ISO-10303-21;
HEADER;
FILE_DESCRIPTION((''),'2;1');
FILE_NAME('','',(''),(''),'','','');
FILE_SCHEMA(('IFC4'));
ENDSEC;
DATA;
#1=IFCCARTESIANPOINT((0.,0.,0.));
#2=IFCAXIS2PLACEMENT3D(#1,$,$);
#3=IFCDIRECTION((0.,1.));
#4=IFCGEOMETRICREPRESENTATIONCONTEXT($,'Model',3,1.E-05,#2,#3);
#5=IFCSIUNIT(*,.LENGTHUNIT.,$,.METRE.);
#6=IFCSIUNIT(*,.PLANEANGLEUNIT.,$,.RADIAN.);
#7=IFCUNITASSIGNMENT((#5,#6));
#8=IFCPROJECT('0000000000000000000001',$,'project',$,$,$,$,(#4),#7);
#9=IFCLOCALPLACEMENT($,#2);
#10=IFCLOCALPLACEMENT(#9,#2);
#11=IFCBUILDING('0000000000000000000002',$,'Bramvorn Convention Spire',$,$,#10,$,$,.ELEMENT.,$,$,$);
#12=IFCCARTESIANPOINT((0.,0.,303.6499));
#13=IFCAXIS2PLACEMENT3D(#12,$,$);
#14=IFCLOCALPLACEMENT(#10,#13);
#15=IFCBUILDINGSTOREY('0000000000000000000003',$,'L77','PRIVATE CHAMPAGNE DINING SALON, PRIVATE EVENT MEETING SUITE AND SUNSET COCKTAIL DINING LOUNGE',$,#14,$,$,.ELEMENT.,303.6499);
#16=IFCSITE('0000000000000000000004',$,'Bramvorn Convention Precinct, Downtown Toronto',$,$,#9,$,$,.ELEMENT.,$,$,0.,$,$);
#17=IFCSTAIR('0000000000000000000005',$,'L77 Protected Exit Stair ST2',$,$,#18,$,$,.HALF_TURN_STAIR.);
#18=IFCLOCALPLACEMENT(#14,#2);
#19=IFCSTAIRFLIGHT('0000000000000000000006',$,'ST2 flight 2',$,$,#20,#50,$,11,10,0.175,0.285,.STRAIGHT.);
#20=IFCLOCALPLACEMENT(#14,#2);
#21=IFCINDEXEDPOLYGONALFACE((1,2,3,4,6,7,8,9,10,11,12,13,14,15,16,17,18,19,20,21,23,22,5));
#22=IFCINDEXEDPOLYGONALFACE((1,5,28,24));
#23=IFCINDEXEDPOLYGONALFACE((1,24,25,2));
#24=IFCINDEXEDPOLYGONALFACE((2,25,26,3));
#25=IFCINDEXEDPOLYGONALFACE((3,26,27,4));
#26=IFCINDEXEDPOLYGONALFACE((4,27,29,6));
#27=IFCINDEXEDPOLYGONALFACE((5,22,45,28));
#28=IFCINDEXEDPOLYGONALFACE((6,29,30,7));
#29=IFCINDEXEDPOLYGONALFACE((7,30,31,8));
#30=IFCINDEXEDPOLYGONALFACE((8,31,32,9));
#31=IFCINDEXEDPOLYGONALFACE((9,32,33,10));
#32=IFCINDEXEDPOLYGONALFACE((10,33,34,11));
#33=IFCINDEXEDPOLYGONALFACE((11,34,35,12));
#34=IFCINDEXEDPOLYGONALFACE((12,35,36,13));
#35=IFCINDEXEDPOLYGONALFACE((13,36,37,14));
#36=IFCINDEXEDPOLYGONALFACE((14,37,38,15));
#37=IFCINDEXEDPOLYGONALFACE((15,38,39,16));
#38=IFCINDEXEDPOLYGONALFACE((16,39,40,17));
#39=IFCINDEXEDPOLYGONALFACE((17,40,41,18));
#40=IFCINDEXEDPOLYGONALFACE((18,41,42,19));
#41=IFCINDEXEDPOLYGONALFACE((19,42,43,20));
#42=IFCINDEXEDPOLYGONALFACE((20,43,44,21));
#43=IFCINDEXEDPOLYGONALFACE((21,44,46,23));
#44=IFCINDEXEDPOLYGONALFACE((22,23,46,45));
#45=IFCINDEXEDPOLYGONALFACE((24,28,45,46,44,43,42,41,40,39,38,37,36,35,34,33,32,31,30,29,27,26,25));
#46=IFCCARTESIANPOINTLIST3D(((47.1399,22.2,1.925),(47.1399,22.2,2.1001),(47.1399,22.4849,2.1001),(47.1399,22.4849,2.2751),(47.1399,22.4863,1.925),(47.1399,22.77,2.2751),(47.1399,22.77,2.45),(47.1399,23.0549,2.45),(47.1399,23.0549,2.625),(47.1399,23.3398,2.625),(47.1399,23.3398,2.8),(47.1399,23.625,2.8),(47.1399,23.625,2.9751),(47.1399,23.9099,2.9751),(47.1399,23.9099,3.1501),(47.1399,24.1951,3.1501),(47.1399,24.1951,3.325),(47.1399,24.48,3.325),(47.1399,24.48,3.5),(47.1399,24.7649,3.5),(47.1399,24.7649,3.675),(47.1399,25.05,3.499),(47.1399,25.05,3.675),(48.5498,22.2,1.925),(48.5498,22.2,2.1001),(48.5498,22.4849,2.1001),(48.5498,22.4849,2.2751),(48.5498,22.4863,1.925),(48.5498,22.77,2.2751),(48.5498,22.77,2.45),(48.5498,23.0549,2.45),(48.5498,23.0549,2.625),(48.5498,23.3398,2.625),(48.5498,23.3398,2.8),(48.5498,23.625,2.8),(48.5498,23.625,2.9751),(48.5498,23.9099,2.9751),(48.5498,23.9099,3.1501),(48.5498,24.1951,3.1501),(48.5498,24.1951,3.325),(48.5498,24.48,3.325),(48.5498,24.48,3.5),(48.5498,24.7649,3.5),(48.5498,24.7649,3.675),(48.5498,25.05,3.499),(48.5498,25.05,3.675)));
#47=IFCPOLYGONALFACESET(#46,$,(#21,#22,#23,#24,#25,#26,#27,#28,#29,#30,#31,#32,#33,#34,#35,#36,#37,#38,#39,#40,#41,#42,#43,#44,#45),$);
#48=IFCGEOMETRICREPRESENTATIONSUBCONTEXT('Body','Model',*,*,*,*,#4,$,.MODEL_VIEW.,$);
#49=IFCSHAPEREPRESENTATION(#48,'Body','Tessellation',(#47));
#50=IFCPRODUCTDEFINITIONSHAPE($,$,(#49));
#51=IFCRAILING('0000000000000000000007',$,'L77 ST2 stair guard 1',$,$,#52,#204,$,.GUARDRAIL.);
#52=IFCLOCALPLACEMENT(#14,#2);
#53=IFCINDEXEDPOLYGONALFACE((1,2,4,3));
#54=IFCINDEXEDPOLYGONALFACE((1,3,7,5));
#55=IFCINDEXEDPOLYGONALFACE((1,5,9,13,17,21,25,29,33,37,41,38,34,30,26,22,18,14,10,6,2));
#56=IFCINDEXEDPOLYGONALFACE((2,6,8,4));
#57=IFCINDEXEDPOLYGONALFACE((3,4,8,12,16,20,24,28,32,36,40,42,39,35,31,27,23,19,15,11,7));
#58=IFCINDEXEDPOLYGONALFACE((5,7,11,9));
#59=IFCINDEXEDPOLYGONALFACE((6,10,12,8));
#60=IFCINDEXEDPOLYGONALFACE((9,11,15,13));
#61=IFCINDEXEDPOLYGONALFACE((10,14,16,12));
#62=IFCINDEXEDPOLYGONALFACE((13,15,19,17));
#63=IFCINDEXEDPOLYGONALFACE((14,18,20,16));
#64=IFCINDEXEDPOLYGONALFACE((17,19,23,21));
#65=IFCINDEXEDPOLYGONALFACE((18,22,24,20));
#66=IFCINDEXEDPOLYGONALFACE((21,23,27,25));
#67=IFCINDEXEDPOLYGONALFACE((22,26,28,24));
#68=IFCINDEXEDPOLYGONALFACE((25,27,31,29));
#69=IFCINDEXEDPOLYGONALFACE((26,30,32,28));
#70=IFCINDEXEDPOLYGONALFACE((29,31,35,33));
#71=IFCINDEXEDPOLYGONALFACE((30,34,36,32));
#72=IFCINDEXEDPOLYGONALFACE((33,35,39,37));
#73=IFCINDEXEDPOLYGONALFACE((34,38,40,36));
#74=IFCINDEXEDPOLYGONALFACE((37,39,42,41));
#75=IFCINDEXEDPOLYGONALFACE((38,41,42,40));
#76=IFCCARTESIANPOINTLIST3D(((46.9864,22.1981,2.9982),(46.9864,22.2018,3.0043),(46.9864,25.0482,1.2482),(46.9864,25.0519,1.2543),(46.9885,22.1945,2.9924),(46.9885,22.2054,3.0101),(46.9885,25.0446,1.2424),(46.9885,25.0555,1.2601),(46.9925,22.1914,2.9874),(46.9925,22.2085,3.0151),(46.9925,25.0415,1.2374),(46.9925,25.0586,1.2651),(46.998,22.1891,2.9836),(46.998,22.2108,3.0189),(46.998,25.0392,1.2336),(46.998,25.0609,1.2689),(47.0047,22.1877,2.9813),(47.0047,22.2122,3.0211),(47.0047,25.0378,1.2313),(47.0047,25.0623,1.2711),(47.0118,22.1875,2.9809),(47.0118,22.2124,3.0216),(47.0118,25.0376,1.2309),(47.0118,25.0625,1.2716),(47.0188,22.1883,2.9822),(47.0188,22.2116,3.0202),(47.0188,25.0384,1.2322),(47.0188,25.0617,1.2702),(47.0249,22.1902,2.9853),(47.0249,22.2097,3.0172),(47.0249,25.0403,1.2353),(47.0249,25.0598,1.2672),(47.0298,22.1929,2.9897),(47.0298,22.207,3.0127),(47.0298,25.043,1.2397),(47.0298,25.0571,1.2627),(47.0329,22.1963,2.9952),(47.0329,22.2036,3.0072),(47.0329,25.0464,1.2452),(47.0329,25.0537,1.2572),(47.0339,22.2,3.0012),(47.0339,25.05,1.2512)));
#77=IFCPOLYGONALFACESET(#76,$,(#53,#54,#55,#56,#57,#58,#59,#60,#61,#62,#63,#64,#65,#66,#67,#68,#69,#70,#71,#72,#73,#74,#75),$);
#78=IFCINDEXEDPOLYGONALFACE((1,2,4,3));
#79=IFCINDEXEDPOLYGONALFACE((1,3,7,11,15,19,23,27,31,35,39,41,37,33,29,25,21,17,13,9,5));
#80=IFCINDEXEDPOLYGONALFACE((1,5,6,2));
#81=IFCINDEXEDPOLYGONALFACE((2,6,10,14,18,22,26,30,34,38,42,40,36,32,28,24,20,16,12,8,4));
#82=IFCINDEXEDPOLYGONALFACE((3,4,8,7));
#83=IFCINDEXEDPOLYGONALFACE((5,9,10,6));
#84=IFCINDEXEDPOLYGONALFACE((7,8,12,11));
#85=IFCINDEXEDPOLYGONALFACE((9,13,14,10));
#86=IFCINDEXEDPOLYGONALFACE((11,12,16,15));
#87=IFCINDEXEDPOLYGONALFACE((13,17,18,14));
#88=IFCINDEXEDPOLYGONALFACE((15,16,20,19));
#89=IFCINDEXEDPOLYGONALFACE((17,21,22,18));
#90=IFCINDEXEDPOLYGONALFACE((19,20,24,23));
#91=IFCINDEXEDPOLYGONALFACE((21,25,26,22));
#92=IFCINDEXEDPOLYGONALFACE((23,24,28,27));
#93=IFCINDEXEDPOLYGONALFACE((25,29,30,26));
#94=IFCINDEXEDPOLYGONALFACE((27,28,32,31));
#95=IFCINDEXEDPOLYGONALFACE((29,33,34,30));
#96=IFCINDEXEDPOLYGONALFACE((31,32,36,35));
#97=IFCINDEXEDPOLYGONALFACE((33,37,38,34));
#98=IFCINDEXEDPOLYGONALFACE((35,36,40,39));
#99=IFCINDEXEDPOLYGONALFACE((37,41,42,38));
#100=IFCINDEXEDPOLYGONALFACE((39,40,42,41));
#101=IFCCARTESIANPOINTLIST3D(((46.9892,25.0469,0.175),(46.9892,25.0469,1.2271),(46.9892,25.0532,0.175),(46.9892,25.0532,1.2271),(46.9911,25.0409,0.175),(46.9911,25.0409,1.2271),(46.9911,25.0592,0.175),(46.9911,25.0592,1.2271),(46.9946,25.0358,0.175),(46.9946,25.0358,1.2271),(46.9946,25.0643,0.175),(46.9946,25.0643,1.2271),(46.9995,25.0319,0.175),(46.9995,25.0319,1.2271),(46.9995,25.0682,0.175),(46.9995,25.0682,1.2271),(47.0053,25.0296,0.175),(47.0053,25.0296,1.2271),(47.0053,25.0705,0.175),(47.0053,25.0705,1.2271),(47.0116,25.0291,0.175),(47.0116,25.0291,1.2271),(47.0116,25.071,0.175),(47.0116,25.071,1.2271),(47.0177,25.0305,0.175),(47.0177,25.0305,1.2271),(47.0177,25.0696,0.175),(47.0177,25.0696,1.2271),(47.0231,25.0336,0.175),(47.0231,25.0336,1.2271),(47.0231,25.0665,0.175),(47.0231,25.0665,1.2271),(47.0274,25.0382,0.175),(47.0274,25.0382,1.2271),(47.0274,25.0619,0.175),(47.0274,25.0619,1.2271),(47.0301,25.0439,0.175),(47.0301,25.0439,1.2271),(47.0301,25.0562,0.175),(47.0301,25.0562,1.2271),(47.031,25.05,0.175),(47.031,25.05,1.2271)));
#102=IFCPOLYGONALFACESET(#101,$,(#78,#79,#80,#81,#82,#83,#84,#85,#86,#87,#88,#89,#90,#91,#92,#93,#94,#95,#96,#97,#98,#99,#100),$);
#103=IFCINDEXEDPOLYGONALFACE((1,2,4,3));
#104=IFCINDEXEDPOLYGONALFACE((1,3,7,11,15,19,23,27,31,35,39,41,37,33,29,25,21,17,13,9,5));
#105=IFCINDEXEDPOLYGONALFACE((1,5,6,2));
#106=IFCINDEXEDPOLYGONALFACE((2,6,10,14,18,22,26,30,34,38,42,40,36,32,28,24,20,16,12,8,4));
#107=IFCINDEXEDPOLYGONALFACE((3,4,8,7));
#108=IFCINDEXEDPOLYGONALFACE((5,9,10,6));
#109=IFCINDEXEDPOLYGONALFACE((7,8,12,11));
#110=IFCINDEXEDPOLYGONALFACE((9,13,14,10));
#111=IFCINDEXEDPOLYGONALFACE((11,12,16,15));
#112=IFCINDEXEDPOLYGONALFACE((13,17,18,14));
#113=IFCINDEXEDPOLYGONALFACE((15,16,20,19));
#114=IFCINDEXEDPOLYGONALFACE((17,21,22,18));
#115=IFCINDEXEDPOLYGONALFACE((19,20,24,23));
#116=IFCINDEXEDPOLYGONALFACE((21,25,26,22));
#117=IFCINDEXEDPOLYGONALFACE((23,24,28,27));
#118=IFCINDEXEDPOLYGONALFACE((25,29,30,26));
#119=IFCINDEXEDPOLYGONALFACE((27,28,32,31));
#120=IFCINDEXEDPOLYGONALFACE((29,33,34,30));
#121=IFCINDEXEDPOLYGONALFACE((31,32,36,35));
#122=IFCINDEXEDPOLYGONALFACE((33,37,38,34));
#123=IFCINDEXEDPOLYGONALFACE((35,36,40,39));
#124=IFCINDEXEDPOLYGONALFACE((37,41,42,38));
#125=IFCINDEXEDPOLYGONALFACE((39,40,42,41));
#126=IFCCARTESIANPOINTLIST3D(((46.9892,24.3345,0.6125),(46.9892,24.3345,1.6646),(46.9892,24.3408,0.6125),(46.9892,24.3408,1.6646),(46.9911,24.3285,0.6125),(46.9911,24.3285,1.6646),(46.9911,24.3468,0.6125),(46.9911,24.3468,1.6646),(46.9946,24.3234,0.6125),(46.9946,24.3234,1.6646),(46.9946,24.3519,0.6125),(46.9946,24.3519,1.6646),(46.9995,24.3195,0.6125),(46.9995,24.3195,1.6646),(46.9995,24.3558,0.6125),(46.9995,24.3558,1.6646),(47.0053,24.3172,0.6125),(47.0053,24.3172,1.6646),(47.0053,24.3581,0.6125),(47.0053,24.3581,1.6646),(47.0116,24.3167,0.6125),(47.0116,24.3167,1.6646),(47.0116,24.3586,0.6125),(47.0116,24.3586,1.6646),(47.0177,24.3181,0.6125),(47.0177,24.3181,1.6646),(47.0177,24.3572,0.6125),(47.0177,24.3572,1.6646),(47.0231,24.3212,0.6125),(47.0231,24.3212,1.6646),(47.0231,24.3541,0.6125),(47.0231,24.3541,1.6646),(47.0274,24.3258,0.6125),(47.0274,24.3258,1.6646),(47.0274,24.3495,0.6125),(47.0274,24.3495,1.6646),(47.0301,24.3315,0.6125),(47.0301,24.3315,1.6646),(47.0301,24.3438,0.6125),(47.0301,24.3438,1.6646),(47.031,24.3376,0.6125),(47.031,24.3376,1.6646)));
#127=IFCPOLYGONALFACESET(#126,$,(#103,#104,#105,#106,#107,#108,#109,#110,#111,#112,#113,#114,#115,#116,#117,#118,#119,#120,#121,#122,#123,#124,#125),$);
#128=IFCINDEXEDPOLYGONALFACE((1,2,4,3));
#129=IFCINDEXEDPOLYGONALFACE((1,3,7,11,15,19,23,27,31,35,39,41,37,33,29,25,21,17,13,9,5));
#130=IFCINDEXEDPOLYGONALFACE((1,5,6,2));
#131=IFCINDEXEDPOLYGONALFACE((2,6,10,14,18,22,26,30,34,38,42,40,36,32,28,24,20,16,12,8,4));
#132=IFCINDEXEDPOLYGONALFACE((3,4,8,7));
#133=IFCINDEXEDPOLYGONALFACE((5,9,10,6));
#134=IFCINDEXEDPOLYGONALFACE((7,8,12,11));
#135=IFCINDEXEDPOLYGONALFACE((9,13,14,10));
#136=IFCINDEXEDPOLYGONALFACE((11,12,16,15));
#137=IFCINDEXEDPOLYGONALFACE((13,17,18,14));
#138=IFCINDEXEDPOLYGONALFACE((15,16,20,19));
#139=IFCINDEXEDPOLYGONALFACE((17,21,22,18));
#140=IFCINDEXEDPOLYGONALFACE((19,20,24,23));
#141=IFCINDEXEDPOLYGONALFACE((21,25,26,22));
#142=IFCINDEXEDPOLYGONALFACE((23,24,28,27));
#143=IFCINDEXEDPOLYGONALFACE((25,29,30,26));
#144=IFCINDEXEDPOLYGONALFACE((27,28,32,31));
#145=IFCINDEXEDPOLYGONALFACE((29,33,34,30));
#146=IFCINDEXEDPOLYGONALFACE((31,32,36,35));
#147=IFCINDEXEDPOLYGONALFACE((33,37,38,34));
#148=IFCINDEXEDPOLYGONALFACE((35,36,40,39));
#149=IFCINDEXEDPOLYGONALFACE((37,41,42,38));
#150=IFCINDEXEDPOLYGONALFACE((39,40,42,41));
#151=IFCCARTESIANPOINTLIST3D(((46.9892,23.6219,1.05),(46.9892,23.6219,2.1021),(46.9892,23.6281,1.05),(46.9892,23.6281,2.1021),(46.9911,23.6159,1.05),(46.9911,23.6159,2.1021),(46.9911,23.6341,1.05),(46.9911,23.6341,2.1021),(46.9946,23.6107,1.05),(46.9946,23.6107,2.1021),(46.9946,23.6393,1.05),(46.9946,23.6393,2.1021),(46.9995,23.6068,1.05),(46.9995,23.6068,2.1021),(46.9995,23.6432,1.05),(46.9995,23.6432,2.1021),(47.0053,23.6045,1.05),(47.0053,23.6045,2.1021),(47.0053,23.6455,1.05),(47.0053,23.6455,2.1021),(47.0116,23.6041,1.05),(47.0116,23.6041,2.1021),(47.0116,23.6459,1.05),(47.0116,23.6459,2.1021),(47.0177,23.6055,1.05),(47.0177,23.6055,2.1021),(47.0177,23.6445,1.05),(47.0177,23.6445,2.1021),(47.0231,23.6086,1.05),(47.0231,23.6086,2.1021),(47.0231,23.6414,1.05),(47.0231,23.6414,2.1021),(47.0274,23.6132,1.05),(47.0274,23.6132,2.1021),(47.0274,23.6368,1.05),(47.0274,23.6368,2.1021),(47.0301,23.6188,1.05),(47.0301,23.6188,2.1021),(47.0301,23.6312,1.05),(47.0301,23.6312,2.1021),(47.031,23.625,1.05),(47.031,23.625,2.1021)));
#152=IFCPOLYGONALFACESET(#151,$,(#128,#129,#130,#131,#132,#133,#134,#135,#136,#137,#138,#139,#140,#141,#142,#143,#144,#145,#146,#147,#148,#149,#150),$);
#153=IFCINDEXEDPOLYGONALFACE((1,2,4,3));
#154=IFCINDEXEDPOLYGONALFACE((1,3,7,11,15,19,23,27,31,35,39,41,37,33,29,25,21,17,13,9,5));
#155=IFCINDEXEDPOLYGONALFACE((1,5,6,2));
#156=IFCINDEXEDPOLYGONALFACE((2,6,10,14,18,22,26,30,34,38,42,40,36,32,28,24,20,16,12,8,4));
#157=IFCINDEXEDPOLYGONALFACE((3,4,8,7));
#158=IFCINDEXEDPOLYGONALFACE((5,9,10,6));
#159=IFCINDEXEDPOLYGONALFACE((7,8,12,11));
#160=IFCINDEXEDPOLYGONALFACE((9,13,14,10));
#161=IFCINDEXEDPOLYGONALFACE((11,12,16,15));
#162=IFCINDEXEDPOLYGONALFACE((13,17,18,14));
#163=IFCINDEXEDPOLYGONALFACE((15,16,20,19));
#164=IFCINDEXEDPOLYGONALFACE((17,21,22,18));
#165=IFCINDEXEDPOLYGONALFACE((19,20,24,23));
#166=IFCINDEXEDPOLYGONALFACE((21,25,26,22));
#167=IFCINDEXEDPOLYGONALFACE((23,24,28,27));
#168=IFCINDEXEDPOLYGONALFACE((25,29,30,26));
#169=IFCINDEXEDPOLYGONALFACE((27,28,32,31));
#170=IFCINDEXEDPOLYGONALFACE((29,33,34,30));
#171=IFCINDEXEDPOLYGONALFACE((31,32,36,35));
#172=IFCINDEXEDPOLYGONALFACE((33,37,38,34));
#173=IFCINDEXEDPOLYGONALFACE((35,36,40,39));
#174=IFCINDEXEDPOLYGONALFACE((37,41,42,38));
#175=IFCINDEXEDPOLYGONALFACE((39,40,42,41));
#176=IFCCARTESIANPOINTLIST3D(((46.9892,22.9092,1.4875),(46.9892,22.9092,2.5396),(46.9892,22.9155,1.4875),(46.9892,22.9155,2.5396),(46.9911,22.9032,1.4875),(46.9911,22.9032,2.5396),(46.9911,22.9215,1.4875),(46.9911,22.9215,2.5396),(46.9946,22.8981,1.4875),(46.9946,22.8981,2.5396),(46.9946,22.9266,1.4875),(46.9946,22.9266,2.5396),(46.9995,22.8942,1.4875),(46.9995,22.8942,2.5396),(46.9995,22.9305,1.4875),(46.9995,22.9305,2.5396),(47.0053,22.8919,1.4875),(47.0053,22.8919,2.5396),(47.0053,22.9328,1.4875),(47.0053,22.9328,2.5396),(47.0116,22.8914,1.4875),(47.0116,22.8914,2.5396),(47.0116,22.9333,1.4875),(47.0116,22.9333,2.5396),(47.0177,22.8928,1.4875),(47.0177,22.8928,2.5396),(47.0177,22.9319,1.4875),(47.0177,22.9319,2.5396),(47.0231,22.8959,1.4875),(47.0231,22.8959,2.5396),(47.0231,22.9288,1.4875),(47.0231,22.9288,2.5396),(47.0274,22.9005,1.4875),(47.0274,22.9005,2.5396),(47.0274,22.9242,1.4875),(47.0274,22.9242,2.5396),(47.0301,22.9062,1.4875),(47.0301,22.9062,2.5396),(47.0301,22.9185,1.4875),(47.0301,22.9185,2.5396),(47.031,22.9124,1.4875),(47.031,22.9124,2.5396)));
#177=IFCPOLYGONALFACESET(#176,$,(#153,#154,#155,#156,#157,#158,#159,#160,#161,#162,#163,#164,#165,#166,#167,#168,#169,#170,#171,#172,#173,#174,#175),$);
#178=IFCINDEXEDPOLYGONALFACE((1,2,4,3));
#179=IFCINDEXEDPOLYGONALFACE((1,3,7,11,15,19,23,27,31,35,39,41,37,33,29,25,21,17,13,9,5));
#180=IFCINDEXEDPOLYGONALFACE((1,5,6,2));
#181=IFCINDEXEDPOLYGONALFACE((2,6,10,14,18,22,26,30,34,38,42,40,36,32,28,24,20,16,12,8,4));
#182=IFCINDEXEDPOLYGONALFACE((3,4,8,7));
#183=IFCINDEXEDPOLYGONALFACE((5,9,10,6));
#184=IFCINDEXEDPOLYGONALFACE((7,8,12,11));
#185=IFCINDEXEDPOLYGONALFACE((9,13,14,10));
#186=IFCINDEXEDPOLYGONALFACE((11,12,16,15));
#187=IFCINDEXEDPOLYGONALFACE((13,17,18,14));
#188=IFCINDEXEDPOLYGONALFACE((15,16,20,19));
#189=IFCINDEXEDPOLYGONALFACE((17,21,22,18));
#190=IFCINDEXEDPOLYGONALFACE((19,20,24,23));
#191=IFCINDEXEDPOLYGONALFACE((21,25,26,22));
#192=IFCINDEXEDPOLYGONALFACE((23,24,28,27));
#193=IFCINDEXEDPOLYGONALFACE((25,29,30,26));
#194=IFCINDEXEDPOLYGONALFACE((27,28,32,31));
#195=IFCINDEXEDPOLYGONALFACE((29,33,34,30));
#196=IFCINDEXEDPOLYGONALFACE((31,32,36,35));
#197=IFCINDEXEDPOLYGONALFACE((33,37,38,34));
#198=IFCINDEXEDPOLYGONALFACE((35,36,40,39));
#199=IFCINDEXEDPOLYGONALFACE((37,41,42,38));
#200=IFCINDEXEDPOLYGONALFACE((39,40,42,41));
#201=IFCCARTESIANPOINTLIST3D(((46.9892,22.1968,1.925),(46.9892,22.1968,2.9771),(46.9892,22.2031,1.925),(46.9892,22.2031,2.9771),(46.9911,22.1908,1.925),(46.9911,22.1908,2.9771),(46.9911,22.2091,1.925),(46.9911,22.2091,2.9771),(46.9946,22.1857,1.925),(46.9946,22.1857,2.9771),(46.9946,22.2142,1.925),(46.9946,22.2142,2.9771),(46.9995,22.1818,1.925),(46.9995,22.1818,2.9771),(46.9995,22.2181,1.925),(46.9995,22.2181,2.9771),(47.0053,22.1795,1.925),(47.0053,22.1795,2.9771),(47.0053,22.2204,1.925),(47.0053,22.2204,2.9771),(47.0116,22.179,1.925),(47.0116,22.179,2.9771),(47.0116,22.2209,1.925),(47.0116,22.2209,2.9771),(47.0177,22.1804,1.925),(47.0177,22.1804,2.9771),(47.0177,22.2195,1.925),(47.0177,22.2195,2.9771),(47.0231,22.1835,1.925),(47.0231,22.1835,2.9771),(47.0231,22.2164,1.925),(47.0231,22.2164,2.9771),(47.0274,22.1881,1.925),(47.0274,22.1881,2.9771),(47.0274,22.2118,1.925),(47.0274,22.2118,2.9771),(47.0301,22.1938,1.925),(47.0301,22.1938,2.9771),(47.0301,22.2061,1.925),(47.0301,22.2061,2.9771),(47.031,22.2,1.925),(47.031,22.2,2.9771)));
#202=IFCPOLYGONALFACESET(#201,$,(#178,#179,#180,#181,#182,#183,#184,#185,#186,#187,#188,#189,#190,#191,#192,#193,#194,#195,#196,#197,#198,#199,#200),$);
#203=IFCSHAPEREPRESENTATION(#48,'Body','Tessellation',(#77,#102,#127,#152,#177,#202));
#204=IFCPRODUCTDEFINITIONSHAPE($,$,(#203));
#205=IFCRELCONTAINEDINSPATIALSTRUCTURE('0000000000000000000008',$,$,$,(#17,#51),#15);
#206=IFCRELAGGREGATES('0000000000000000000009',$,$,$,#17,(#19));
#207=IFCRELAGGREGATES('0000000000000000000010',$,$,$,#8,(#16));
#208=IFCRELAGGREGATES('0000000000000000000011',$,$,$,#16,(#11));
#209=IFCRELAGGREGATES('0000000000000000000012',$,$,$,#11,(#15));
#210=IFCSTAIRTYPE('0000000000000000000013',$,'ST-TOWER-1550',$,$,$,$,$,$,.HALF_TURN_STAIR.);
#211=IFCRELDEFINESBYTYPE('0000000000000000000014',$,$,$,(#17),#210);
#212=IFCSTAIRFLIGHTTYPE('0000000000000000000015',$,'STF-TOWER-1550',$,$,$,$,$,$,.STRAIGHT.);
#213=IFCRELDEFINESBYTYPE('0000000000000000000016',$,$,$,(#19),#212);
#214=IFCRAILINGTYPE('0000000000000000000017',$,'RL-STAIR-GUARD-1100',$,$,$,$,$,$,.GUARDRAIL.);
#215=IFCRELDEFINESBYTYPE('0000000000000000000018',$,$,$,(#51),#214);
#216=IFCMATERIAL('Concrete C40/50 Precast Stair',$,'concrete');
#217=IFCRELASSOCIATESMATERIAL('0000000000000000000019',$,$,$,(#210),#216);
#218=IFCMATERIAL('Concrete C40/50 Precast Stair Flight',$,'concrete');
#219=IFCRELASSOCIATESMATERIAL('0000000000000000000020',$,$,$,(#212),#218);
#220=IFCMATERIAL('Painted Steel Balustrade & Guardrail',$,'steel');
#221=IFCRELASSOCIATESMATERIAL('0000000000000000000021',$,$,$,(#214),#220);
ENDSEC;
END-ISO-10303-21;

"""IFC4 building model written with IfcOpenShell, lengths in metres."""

from ifc_helpers import new_model, si_unit, direction, frame, origin, origin_2d, place, context, subcontext, project, spatial, polyline, circle, outline, extrude, material, type_object, element, aggregate, save


model = new_model("IFC4")

# Units and contexts
model_context = context("Model", 3, precision=1e-05, world=origin(), true_north=direction((0.0, 1.0)))
body_context = subcontext(model_context, "Body", "Model", "MODEL_VIEW")
ifc_project = project(units=[si_unit("LENGTHUNIT", "METRE"), si_unit("PLANEANGLEUNIT", "RADIAN")], contexts=[model_context])

# Site, building, storey
site_placement = place(None, origin())
site = spatial("IfcSite", under=ifc_project, at=site_placement, Name="Bramvorn Convention Precinct, Downtown Toronto", CompositionType="ELEMENT", RefElevation=0.0)
building_placement = place(site_placement, origin())
building = spatial("IfcBuilding", under=site, at=building_placement, Name="Bramvorn Convention Spire", CompositionType="ELEMENT")
storey_placement = place(building_placement, frame((0.0, 0.0, 303.6499)))
storey = spatial("IfcBuildingStorey", under=building, at=storey_placement, Name="L77", Description="PRIVATE CHAMPAGNE DINING SALON, PRIVATE EVENT MEETING SUITE AND SUNSET COCKTAIL DINING LOUNGE", CompositionType="ELEMENT", Elevation=303.6499)

# Stair, stair flight
ifc_material_1 = material(Name="Concrete C40/50 Precast Stair", Category="concrete")
stair_type = type_object("IfcStairType", Name="ST-TOWER-1550", PredefinedType="HALF_TURN_STAIR", material=ifc_material_1)
stair_placement = place(storey_placement, origin())
stair = element("IfcStair", 1, at=stair_placement, inside=storey, type_object=stair_type, Name="L77 Protected Exit Stair ST2", PredefinedType="HALF_TURN_STAIR")
ifc_material_2 = material(Name="Concrete C40/50 Precast Stair Flight", Category="concrete")
stair_flight_type = type_object("IfcStairFlightType", Name="STF-TOWER-1550", PredefinedType="STRAIGHT", material=ifc_material_2)
stair_flight_placement = place(storey_placement, frame((47.845, 22.2, 1.925), z_axis=(0.0, 0.0, 1.0), x_axis=(0.0, 1.0, 0.0)))
stair_flight = element("IfcStairFlight", 2, at=stair_flight_placement, type_object=stair_flight_type, Name="ST2 flight 2", NumberOfRisers=11, NumberOfTreads=10, PredefinedType="STRAIGHT", RiserHeight=0.175, TreadLength=0.285, context=body_context, shape_type="SweptSolid", body=[
    extrude(outline(polyline([(0.0, 0.0), (0.0, 0.175), (0.2849, 0.175), (0.2849, 0.3501), (0.5701, 0.3501), (0.5701, 0.5249), (0.855, 0.5249), (0.855, 0.7), (1.1399, 0.7), (1.1399, 0.875), (1.425, 0.875), (1.425, 1.05), (1.71, 1.05), (1.71, 1.2251), (1.9951, 1.2251), (1.9951, 1.3999), (2.28, 1.3999), (2.28, 1.575), (2.5649, 1.575), (2.5649, 1.75), (2.8501, 1.75), (2.8501, 1.925), (2.8501, 1.574), (0.2864, 0.0), (0.0, 0.0)])), frame((0.0, 0.7051, 0.0), z_axis=(0.0, -1.0, 0.0), x_axis=(1.0, 0.0, 0.0)), (0.0, 0.0, 1.0), 1.4099),
])
aggregate(stair, [stair_flight])

# Railing
ifc_material_3 = material(Name="Painted Steel Balustrade & Guardrail", Category="steel")
railing_type_1 = type_object("IfcRailingType", Name="RL-STAIR-GUARD-1100", PredefinedType="GUARDRAIL", material=ifc_material_3)
railing_1_placement = place(storey_placement, frame((47.01, 25.05, 0.175)))
element("IfcRailing", 3, at=railing_1_placement, inside=storey, type_object=railing_type_1, Name="L77 ST2 stair guard 1", PredefinedType="GUARDRAIL", context=body_context, shape_type="SweptSolid", body=[
    extrude(circle(Radius=0.0239, at=origin_2d()), frame((0.0, 0.0, 1.0762), z_axis=(0.0, -0.852179, 0.52325), x_axis=(1.0, 0.0, 0.0)), (0.0, 0.0, 1.0), 3.3445),
    extrude(circle(Radius=0.021, at=origin_2d()), origin(), (0.0, 0.0, 1.0), 1.052),
    extrude(circle(Radius=0.021, at=origin_2d()), frame((0.0, -0.7124, 0.4375)), (0.0, 0.0, 1.0), 1.052),
    extrude(circle(Radius=0.021, at=origin_2d()), frame((0.0, -1.425, 0.875)), (0.0, 0.0, 1.0), 1.052),
    extrude(circle(Radius=0.021, at=origin_2d()), frame((0.0, -2.1377, 1.3125)), (0.0, 0.0, 1.0), 1.052),
    extrude(circle(Radius=0.021, at=origin_2d()), frame((0.0, -2.8501, 1.75)), (0.0, 0.0, 1.0), 1.052),
])

save(model, "model.ifc")
